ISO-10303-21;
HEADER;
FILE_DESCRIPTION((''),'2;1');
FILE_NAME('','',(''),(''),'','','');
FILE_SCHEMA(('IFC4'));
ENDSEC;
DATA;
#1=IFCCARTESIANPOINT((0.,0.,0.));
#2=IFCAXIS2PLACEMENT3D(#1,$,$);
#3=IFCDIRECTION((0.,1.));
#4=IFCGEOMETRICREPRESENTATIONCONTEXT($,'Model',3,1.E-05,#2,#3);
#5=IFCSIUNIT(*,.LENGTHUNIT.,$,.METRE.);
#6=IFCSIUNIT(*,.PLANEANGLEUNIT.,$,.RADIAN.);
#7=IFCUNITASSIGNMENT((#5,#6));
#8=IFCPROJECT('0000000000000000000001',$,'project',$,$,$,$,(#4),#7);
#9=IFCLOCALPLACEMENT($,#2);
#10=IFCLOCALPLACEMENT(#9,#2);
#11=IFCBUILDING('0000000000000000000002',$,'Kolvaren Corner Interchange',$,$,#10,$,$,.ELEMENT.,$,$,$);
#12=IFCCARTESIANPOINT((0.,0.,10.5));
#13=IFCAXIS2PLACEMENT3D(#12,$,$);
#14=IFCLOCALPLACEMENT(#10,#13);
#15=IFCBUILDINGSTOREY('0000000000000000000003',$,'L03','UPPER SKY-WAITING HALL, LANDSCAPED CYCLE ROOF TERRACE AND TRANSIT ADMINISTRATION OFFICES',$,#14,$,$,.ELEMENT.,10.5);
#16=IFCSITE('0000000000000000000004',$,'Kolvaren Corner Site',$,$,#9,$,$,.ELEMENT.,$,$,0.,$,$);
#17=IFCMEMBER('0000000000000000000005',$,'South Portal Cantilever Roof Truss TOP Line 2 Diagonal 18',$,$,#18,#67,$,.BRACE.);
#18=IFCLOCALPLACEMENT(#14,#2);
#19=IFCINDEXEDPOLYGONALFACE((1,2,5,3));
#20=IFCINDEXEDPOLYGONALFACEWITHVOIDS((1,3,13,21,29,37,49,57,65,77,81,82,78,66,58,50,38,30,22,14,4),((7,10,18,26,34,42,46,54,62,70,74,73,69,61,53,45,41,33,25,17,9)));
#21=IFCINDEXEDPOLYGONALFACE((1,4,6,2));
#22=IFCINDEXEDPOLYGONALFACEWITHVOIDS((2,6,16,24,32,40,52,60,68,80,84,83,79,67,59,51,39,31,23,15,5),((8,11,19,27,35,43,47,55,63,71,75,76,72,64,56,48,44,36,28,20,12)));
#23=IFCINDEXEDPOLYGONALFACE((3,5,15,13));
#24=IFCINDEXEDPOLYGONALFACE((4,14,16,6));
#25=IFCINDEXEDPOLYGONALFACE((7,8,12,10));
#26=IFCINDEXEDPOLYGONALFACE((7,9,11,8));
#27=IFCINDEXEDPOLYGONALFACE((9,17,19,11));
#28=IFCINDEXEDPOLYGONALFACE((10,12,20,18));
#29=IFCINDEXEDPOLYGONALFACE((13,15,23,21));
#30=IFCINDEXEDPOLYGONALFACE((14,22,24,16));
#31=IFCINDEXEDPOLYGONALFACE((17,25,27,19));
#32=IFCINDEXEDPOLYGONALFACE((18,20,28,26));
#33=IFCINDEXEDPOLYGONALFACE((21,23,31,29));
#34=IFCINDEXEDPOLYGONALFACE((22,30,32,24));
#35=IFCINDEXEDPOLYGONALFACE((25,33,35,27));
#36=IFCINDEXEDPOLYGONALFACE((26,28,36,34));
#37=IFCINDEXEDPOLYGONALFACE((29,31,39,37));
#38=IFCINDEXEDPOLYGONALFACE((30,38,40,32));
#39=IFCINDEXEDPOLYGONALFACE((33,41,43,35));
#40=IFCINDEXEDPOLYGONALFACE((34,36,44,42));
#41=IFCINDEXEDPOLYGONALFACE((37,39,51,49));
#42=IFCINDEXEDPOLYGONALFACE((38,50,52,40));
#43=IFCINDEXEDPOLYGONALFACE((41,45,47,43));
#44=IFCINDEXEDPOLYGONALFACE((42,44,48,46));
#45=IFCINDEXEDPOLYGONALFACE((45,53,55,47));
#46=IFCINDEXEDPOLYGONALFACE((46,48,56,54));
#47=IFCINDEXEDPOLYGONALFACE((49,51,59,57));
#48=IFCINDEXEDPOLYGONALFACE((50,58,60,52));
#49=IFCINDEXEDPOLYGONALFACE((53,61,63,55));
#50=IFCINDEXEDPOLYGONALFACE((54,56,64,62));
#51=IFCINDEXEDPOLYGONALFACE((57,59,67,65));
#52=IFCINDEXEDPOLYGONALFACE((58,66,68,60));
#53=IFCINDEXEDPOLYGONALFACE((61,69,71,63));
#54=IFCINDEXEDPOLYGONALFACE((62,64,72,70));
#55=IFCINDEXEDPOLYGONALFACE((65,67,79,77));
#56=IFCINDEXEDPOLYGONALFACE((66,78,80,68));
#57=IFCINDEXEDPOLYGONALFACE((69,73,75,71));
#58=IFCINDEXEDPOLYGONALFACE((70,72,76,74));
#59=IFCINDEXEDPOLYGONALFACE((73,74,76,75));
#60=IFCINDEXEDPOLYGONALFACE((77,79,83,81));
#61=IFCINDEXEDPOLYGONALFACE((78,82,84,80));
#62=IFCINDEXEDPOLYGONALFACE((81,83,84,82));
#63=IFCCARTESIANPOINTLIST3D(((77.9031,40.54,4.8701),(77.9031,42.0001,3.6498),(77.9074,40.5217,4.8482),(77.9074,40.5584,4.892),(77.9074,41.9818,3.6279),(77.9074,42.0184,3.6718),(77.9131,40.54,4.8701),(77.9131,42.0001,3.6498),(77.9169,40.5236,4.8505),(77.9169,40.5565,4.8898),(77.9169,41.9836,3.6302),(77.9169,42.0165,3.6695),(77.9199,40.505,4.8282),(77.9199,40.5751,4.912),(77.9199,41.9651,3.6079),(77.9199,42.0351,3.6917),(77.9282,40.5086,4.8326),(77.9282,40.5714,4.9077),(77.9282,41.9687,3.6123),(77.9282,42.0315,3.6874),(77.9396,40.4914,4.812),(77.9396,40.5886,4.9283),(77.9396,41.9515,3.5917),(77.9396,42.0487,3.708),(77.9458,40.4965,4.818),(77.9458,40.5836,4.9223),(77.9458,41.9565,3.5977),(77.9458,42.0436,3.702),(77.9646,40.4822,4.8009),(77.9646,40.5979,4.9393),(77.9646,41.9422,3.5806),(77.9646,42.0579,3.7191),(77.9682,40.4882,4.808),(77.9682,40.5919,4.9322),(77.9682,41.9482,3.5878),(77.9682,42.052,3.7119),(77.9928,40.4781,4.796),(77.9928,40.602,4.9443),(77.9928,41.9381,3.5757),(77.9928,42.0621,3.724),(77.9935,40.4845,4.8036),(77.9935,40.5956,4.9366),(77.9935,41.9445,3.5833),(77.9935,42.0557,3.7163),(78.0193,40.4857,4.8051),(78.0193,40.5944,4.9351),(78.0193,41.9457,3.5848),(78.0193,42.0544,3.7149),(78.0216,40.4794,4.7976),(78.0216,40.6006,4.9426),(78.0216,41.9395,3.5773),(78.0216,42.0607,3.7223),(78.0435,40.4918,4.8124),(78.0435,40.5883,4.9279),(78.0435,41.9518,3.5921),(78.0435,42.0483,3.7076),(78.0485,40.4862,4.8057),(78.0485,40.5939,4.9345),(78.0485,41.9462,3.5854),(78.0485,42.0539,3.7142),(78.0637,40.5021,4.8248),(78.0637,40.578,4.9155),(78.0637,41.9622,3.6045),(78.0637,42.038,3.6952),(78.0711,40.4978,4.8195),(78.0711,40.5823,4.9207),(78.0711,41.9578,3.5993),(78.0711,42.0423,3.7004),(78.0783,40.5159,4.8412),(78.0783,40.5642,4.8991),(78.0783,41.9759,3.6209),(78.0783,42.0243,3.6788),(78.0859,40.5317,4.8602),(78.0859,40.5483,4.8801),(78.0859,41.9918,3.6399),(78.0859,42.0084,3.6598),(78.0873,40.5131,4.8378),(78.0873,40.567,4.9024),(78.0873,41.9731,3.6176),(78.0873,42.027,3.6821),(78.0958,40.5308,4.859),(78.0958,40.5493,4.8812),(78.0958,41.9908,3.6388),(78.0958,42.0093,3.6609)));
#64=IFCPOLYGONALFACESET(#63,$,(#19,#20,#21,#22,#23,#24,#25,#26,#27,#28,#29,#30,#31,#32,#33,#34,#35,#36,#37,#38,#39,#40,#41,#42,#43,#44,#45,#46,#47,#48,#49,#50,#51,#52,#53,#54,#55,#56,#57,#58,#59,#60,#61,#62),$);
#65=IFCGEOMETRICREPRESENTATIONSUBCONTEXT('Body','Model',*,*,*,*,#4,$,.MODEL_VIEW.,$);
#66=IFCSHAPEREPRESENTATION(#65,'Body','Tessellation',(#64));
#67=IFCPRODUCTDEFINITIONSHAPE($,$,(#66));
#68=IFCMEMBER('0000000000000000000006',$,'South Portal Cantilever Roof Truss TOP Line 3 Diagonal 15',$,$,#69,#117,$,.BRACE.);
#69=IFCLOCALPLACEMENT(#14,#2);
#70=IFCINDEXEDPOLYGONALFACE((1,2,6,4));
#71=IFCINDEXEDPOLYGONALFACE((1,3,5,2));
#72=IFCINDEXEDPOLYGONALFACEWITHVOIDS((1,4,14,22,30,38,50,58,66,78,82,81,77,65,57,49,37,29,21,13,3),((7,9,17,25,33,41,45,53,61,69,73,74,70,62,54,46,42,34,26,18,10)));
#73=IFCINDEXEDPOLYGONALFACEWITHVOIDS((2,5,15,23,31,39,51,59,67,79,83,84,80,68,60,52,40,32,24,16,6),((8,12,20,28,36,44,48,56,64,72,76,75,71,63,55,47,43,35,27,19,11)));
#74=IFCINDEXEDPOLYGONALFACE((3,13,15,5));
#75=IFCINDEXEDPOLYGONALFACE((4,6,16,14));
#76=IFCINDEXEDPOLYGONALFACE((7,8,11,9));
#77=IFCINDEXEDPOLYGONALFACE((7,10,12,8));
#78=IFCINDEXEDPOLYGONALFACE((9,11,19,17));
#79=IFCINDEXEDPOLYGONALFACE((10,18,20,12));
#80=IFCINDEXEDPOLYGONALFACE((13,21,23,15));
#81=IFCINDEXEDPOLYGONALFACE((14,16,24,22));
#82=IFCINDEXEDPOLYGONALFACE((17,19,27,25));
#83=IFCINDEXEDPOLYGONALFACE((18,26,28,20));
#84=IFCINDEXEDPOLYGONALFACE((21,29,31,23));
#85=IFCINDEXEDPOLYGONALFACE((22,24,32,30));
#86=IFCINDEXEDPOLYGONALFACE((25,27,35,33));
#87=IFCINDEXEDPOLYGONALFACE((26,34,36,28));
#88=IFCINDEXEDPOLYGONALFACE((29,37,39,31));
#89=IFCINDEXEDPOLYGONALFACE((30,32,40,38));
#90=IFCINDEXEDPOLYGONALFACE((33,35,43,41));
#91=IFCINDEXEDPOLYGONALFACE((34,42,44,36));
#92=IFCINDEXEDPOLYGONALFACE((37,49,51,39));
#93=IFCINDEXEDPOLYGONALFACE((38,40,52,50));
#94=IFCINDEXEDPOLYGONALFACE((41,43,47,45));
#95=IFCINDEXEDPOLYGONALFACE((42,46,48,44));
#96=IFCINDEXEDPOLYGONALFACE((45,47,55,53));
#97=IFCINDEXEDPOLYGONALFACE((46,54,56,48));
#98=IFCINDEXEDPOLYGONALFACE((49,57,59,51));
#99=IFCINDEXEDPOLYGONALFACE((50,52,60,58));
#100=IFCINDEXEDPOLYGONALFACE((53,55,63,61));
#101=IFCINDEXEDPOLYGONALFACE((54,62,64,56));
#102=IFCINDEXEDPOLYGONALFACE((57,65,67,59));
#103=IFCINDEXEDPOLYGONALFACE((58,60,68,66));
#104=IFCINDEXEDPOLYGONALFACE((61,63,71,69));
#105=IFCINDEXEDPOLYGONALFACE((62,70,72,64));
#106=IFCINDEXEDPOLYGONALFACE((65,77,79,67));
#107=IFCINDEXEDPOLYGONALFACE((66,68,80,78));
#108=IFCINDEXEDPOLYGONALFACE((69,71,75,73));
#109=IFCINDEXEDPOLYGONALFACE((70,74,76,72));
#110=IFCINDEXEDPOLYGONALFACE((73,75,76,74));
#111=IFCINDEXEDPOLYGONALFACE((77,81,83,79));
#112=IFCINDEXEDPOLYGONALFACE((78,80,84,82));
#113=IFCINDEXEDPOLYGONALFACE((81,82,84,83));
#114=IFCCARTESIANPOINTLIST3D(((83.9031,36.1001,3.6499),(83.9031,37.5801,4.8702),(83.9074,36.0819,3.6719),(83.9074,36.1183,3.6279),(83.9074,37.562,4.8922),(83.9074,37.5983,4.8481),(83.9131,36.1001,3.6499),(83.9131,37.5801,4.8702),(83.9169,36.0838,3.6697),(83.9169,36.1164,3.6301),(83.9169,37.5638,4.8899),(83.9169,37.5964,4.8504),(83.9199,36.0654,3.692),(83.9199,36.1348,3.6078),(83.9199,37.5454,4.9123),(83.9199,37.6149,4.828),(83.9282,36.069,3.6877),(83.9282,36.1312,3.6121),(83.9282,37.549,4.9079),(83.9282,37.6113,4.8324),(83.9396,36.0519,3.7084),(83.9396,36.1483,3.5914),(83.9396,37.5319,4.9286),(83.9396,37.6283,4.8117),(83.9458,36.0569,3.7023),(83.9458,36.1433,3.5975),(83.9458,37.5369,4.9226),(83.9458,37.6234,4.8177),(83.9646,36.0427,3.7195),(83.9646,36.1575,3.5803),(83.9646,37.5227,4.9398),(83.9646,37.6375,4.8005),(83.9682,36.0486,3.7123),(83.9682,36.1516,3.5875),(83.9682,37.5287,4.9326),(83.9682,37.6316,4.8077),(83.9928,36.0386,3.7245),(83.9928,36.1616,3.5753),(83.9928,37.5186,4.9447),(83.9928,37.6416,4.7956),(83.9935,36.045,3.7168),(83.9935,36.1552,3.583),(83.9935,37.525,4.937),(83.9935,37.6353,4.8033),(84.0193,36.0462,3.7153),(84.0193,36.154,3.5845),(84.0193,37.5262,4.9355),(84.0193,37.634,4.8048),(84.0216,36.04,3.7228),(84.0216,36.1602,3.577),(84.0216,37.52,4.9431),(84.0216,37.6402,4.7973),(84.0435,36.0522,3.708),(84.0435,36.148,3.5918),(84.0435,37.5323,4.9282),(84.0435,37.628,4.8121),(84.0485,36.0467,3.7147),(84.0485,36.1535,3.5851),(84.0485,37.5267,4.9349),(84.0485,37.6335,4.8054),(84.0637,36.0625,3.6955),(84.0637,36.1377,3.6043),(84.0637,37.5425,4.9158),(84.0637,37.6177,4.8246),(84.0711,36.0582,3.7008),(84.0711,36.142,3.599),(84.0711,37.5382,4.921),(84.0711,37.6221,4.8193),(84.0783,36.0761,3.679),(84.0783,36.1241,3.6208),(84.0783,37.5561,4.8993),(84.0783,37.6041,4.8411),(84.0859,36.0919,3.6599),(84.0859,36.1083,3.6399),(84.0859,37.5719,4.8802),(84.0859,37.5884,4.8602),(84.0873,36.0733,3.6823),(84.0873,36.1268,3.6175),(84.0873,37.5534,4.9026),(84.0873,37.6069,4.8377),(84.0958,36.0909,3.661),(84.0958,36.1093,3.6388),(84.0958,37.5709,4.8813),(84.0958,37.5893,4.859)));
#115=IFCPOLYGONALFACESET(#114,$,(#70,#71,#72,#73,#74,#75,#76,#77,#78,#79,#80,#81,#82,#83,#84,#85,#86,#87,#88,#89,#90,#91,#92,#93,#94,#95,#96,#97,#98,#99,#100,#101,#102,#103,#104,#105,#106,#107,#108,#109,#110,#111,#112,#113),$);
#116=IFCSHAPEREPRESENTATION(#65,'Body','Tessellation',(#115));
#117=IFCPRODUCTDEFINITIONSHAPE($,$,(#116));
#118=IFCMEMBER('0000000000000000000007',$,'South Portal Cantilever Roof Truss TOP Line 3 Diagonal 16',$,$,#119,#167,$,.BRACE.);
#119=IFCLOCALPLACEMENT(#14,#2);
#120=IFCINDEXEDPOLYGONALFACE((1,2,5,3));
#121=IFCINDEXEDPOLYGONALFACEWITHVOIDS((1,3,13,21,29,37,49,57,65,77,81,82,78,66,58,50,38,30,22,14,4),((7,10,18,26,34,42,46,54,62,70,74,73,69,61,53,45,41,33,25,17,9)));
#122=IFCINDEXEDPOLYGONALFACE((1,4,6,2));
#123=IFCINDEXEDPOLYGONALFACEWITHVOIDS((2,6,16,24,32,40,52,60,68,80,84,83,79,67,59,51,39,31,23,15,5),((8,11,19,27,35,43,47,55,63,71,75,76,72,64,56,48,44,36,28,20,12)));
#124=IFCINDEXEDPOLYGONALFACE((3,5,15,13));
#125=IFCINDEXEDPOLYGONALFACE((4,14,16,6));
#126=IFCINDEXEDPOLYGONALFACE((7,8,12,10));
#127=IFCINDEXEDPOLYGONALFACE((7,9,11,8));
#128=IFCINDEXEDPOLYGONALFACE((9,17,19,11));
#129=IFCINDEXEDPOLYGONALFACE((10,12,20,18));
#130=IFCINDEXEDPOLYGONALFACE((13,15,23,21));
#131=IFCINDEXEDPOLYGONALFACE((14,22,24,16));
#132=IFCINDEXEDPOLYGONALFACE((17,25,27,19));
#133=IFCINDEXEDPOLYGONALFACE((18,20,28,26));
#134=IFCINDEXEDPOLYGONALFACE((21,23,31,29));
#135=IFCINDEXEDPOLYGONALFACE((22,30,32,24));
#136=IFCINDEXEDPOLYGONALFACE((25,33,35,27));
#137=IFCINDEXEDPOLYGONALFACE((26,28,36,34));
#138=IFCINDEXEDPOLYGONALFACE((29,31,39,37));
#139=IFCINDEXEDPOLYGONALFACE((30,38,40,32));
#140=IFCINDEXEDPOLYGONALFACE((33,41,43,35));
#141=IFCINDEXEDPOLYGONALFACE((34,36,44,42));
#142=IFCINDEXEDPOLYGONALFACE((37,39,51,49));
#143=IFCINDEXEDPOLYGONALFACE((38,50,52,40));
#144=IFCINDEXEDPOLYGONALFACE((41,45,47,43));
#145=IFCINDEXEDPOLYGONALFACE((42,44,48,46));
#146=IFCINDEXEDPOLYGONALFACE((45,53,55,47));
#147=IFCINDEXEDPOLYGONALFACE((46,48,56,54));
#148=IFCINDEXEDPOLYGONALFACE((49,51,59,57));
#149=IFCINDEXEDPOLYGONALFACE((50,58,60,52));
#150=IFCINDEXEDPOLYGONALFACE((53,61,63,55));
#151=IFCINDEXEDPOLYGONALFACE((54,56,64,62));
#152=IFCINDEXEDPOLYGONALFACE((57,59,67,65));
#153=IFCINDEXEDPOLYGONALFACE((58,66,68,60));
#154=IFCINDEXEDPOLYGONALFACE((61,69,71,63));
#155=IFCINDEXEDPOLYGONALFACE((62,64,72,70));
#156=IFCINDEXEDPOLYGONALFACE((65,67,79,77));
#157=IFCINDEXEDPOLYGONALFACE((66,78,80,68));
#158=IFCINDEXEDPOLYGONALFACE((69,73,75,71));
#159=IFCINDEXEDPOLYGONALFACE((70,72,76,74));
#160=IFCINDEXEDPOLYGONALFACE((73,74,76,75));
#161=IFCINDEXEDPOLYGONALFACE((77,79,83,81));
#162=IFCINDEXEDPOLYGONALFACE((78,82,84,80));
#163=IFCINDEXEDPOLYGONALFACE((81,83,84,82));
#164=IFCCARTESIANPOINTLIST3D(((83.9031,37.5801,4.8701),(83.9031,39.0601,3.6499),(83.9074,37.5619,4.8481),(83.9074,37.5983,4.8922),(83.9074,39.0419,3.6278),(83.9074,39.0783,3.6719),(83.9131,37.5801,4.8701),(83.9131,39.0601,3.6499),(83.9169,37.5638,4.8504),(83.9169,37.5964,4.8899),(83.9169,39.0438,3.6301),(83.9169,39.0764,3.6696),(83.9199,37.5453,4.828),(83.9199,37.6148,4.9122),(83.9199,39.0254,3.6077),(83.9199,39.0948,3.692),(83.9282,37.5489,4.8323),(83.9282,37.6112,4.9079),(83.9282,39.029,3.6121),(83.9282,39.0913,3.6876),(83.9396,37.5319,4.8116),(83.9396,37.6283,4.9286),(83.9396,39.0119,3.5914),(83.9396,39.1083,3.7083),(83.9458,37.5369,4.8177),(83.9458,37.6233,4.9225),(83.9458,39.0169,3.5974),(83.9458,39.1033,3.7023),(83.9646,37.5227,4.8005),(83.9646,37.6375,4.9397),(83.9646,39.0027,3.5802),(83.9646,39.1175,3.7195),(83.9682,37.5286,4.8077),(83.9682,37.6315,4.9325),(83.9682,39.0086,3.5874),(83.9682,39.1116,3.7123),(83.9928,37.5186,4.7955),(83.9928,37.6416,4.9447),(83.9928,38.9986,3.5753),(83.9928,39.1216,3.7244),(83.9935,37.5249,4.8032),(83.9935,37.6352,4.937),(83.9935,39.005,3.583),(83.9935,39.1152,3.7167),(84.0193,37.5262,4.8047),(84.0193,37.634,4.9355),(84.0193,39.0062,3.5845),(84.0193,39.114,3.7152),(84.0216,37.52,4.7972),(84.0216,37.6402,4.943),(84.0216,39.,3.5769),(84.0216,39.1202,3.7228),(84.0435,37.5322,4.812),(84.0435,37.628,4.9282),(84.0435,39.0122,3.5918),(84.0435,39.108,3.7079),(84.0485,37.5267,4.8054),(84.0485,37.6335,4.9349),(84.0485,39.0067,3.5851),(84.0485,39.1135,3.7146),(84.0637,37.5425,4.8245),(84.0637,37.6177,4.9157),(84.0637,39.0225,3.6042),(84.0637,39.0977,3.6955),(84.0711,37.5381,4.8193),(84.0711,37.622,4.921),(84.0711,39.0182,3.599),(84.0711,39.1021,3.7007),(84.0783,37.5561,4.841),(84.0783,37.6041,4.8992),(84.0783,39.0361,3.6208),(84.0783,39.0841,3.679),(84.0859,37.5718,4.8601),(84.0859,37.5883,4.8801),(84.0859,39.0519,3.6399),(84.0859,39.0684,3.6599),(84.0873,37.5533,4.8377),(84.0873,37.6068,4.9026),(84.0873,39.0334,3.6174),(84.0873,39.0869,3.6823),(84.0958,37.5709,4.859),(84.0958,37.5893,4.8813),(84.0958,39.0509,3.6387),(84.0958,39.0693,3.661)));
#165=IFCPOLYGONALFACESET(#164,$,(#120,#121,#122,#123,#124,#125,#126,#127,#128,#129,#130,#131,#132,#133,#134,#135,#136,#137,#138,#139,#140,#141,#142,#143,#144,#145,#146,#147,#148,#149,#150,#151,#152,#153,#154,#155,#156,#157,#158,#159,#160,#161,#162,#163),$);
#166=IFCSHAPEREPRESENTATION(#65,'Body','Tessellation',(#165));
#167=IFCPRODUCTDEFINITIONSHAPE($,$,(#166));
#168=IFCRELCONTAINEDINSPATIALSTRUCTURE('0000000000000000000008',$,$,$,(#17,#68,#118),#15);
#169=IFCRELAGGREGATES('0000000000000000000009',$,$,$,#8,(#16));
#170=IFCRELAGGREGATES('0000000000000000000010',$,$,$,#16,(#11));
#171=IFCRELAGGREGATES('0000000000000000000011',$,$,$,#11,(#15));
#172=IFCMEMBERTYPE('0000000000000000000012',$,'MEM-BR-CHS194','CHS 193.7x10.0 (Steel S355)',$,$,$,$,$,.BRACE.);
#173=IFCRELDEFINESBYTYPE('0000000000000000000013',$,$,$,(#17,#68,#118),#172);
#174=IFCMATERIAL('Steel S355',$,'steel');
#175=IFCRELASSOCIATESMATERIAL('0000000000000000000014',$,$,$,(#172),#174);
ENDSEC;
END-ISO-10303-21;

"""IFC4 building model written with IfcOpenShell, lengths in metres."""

from ifc_helpers import new_model, si_unit, direction, frame, origin, origin_2d, place, context, subcontext, project, spatial, hollow_circle, extrude, material, material_profile, profile_set, type_object, element, save


model = new_model("IFC4")

# Units and contexts
model_context = context("Model", 3, precision=1e-05, world=origin(), true_north=direction((0.0, 1.0)))
body_context = subcontext(model_context, "Body", "Model", "MODEL_VIEW")
ifc_project = project(units=[si_unit("LENGTHUNIT", "METRE"), si_unit("PLANEANGLEUNIT", "RADIAN")], contexts=[model_context])

# Site, building, storey
site_placement = place(None, origin())
site = spatial("IfcSite", under=ifc_project, at=site_placement, Name="Kolvaren Corner Site", CompositionType="ELEMENT", RefElevation=0.0)
building_placement = place(site_placement, origin())
building = spatial("IfcBuilding", under=site, at=building_placement, Name="Kolvaren Corner Interchange", CompositionType="ELEMENT")
storey_placement = place(building_placement, frame((0.0, 0.0, 10.5)))
storey = spatial("IfcBuildingStorey", under=building, at=storey_placement, Name="L03", Description="UPPER SKY-WAITING HALL, LANDSCAPED CYCLE ROOF TERRACE AND TRANSIT ADMINISTRATION OFFICES", CompositionType="ELEMENT", Elevation=10.5)

# Members
ifc_material_1 = material(Name="Steel S355", Category="steel")
ifc_material_profile_1 = material_profile(ifc_material_1, hollow_circle(Radius=0.0969, WallThickness=0.01, at=origin_2d()), Name="CHS 193.7x10.0")
ifc_profile_set_1 = profile_set([ifc_material_profile_1], Name="Steel S355")
member_type_1 = type_object("IfcMemberType", Name="MEM-BR-CHS194", Description="CHS 193.7x10.0 (Steel S355)", PredefinedType="BRACE", material=ifc_profile_set_1)
member_1_placement = place(storey_placement, frame((78.0, 40.54, 4.8701), z_axis=(0.0, 0.767295, -0.641294), x_axis=(-1.0, 0.0, 0.0)))
element("IfcMember", 1, at=member_1_placement, inside=storey, type_object=member_type_1, Name="South Portal Cantilever Roof Truss TOP Line 2 Diagonal 18", PredefinedType="BRACE", context=body_context, shape_type="SweptSolid", body=[
    extrude(hollow_circle(Radius=0.0969, WallThickness=0.01, at=origin_2d()), origin(), (0.0, 0.0, 1.0), 1.9028),
])
for number, where, z_axis, x_axis, name in (
    (2, (84.0, 36.1001, 3.6499), (0.0, 0.77157, 0.636144), (-1.0, 0.0, 0.0), "South Portal Cantilever Roof Truss TOP Line 3 Diagonal 15"),
    (3, (84.0, 37.5801, 4.8701), (0.0, 0.77157, -0.636144), (-1.0, 0.0, 0.0), "South Portal Cantilever Roof Truss TOP Line 3 Diagonal 16"),
):
    element("IfcMember", number, at=place(storey_placement, frame(where, z_axis=z_axis, x_axis=x_axis)), inside=storey, type_object=member_type_1, Name=name, PredefinedType="BRACE", context=body_context, shape_type="SweptSolid", body=[
        extrude(hollow_circle(Radius=0.0969, WallThickness=0.01, at=origin_2d()), origin(), (0.0, 0.0, 1.0), 1.9182),
    ])

save(model, "model.ifc")
